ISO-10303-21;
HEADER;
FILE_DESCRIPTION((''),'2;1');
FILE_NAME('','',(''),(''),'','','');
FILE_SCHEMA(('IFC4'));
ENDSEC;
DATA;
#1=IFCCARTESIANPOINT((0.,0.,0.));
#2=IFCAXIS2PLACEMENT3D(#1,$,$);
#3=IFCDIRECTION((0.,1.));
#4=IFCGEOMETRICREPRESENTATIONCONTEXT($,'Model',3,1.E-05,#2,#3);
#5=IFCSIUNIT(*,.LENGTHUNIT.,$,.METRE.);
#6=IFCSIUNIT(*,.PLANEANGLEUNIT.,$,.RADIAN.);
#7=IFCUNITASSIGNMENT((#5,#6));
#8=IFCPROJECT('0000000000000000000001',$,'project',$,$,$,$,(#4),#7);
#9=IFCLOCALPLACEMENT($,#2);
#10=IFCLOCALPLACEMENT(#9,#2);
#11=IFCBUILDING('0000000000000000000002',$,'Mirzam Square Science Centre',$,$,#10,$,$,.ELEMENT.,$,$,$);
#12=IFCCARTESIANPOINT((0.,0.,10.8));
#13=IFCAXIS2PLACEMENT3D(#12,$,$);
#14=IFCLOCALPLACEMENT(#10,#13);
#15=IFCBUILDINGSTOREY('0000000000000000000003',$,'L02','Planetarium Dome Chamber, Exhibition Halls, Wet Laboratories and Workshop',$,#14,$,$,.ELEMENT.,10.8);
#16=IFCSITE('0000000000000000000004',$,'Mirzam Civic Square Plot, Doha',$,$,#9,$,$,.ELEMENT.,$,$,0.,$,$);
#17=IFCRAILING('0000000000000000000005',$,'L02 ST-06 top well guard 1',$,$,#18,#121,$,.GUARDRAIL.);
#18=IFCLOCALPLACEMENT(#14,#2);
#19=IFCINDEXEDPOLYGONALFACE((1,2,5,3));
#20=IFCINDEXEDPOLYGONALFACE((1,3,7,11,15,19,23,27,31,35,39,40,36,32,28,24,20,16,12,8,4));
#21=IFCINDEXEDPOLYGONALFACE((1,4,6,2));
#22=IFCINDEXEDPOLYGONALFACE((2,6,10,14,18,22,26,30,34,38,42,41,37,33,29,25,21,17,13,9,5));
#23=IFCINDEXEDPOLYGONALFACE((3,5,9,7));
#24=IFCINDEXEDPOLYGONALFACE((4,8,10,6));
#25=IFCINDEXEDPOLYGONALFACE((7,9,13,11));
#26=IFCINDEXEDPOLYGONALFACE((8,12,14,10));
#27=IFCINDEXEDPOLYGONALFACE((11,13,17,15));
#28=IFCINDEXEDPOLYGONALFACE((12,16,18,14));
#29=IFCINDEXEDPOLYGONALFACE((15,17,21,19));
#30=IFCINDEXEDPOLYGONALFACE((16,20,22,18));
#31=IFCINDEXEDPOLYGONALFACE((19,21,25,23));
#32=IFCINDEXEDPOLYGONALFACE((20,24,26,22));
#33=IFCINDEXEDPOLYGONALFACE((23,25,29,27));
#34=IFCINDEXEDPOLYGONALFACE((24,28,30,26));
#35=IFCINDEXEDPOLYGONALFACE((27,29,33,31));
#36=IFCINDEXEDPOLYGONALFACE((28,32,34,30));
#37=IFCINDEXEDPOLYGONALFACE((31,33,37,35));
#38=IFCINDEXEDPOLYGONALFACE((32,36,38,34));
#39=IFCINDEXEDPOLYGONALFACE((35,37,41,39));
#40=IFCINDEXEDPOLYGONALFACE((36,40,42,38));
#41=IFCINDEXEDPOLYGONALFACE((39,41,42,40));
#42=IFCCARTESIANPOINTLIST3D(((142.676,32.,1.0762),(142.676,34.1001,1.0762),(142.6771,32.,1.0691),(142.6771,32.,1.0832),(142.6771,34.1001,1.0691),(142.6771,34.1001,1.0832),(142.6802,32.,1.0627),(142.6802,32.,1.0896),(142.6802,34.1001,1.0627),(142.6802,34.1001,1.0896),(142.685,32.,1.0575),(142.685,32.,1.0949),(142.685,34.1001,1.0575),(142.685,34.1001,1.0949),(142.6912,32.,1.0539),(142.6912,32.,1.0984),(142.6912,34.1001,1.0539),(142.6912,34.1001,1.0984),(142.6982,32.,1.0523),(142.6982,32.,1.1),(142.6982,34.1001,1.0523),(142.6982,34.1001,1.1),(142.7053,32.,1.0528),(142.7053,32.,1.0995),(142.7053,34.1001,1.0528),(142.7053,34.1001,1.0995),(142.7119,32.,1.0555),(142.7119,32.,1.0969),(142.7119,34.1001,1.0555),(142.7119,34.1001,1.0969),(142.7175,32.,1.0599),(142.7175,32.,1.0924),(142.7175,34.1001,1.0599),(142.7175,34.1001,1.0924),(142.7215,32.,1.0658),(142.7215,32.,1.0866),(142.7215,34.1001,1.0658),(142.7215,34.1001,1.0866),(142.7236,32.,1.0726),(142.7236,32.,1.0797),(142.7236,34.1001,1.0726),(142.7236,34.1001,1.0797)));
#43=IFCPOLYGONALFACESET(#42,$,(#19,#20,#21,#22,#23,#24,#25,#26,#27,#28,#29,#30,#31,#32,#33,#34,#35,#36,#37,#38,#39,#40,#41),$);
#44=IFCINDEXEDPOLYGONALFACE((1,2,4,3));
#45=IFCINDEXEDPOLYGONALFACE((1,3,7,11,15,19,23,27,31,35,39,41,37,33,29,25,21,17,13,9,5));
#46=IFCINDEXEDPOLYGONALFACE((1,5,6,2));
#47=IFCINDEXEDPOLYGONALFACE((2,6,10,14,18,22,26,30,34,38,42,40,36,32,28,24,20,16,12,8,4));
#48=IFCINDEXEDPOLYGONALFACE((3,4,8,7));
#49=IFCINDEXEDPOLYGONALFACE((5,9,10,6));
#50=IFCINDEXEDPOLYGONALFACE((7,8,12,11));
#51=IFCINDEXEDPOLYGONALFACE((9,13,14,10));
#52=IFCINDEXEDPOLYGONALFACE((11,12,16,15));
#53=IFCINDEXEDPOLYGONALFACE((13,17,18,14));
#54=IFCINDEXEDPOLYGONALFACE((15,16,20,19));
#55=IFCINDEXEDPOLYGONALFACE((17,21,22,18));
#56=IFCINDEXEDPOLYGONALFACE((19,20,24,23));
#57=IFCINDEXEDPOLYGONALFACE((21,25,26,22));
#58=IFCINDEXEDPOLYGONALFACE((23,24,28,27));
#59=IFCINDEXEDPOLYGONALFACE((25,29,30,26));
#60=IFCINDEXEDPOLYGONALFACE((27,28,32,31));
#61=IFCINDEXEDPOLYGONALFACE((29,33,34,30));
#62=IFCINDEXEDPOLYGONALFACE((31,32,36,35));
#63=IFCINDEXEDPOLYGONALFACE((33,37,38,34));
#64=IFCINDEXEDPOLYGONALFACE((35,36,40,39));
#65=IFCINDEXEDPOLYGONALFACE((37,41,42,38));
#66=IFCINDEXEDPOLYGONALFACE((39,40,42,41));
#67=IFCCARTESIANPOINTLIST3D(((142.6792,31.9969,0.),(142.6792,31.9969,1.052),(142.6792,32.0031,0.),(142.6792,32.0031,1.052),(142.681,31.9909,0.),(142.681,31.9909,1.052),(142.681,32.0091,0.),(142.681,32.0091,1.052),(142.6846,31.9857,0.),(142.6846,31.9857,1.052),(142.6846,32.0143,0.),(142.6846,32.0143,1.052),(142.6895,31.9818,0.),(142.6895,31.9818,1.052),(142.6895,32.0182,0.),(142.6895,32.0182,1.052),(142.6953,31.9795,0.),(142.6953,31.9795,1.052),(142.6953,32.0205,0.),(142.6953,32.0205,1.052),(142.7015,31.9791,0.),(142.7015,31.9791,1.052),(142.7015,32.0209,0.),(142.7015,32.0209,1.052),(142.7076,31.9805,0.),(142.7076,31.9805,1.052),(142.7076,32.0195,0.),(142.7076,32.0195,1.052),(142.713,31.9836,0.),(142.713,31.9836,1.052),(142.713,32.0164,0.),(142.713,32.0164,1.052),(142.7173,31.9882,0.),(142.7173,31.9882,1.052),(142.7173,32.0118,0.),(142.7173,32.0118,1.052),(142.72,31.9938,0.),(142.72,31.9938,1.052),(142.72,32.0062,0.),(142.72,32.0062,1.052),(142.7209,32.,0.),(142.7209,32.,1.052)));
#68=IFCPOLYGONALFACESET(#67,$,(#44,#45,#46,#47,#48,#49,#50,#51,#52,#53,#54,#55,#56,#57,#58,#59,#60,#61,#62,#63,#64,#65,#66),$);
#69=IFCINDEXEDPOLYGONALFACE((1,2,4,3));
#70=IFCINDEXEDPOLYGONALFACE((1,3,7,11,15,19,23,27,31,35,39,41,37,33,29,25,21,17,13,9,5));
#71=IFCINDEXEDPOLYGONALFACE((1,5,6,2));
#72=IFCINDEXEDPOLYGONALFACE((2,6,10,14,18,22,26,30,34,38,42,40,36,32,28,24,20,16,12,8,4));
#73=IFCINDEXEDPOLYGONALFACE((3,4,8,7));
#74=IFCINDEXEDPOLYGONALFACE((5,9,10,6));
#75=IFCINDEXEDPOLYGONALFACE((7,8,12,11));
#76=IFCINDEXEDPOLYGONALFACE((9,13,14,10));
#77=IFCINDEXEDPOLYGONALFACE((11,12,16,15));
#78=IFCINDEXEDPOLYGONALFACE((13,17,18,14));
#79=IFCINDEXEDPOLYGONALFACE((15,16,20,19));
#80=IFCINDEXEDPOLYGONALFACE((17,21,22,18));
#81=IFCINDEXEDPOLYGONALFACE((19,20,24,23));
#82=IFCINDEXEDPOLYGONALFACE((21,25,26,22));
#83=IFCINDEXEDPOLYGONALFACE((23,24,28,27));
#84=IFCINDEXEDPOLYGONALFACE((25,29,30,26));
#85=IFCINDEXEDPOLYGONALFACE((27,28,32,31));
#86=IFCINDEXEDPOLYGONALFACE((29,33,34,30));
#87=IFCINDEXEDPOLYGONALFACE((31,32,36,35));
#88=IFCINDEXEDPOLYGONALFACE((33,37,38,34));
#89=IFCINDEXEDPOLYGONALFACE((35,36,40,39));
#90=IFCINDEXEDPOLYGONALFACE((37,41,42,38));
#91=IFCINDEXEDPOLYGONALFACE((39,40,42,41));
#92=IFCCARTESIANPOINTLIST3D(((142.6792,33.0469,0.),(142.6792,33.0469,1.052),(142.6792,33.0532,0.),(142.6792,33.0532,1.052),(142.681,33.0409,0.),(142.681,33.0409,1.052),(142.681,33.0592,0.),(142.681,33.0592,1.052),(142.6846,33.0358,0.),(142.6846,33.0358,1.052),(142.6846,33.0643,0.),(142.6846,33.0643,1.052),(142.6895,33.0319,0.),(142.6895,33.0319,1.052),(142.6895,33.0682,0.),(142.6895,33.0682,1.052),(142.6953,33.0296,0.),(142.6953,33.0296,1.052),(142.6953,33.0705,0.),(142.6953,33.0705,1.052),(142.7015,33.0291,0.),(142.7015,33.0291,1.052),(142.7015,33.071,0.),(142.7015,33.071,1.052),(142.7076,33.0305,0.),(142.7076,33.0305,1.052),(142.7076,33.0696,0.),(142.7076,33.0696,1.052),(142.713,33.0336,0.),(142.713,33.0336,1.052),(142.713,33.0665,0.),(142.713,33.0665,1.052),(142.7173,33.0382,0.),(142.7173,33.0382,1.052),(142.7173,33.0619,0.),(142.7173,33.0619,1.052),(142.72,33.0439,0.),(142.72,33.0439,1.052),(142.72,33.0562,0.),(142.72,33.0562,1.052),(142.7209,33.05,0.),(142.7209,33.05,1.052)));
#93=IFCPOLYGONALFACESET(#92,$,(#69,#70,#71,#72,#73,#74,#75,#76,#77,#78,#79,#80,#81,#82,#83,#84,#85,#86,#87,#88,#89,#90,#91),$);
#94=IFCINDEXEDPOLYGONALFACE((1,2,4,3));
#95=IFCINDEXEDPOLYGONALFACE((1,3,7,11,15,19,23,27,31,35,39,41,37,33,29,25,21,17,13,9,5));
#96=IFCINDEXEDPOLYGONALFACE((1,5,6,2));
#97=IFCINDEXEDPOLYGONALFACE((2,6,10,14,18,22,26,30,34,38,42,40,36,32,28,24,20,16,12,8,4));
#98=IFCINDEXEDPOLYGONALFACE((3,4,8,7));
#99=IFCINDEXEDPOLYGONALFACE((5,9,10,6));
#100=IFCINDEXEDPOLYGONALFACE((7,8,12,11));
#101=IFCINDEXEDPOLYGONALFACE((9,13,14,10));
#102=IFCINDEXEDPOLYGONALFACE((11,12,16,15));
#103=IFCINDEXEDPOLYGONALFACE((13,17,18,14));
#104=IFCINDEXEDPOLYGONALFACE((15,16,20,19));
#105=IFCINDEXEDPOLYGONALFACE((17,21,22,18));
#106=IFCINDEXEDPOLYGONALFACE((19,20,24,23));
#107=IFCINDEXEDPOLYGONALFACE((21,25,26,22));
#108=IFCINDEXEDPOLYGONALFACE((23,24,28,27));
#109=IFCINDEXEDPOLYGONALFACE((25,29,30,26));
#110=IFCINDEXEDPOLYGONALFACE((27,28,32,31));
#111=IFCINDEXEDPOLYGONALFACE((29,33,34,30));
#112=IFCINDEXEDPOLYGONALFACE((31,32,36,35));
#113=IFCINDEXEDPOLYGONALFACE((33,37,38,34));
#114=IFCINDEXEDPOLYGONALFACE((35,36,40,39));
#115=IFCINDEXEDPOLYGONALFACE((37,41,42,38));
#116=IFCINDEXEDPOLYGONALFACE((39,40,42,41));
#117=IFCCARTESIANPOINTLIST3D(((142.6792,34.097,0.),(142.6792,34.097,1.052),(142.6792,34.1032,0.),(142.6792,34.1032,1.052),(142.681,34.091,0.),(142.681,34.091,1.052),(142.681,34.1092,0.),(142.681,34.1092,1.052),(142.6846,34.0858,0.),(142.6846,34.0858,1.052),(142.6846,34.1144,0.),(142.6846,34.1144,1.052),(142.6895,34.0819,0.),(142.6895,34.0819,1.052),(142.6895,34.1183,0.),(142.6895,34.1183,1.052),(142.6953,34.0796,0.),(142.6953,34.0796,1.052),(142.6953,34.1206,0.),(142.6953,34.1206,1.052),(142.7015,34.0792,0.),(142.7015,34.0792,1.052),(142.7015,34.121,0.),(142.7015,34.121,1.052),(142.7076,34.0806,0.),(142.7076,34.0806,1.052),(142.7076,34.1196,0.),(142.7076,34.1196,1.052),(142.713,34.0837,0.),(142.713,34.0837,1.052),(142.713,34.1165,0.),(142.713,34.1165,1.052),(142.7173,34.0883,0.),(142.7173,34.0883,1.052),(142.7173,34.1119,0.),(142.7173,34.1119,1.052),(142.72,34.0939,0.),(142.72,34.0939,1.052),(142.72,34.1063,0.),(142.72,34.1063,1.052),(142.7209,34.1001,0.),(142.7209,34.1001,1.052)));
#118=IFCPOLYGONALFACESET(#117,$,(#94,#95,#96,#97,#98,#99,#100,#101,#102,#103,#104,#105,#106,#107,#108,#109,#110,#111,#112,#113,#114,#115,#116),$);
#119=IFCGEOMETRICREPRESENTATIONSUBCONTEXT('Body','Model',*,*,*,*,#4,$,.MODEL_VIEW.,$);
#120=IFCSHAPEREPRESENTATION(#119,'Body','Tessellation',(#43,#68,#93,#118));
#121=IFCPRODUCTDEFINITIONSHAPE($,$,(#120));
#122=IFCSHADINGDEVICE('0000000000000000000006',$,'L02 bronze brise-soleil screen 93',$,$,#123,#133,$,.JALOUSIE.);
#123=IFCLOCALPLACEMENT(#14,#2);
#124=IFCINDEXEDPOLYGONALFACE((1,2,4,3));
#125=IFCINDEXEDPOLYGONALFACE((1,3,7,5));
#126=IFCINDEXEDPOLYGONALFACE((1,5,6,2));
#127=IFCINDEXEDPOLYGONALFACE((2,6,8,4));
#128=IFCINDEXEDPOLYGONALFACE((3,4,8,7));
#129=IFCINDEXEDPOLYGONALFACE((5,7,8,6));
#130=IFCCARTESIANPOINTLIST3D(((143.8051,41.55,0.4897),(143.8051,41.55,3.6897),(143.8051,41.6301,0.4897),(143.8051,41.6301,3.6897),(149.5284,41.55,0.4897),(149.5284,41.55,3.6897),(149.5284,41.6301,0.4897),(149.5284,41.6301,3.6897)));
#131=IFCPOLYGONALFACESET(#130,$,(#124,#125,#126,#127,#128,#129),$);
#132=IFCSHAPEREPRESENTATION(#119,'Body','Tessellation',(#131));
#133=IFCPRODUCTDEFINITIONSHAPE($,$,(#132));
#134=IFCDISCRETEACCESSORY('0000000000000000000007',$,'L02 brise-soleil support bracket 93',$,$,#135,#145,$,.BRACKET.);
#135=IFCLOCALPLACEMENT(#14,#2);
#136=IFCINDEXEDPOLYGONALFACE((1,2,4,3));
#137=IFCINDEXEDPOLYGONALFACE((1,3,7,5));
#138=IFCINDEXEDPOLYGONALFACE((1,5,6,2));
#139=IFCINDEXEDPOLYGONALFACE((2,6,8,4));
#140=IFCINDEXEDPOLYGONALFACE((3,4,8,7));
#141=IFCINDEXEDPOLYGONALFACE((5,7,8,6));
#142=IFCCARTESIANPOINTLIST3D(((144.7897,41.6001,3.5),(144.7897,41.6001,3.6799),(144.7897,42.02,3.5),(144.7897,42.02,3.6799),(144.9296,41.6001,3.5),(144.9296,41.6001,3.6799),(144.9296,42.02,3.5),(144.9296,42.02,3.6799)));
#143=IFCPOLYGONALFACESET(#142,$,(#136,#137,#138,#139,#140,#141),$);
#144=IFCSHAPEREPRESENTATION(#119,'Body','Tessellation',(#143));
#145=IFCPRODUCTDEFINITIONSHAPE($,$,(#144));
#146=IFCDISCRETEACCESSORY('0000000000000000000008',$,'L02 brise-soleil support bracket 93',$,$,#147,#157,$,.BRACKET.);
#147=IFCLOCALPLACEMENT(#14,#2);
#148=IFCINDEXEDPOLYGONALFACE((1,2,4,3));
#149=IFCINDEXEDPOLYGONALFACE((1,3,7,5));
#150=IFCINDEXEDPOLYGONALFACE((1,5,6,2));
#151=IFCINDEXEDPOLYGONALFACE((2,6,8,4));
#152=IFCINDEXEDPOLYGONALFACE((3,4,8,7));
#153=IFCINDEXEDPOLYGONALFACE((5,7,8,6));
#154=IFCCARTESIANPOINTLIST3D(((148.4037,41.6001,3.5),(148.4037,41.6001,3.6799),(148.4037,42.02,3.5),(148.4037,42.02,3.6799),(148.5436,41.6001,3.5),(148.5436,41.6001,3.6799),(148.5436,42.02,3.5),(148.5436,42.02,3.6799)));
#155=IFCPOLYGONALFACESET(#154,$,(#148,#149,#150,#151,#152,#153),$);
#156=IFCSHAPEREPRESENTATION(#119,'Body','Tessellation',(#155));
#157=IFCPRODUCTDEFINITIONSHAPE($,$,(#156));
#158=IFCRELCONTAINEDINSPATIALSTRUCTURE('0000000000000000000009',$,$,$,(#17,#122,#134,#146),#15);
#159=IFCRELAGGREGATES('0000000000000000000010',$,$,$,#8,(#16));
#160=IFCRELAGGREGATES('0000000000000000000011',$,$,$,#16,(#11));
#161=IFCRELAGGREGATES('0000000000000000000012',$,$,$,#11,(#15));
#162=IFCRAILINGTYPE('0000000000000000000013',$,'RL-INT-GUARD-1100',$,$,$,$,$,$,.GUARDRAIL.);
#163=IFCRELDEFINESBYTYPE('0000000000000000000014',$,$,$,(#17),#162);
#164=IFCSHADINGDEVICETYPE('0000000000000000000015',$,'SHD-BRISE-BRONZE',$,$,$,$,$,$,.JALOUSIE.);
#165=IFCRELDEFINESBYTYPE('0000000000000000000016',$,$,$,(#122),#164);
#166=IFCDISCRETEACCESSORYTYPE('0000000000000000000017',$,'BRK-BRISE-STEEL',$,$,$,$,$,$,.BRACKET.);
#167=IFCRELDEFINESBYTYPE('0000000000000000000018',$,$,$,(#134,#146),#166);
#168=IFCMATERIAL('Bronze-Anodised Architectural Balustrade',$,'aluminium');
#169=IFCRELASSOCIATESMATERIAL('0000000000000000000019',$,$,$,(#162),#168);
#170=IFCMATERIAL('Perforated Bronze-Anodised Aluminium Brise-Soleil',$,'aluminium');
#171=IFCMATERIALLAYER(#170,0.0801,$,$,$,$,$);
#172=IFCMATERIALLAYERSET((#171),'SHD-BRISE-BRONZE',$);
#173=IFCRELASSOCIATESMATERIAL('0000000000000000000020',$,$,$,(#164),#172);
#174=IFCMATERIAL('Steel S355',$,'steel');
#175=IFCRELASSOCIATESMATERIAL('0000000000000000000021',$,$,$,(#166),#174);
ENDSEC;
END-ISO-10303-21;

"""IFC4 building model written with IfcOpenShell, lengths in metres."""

from ifc_helpers import new_model, si_unit, direction, frame, origin, origin_2d, place, context, subcontext, project, spatial, rectangle, circle, extrude, material, layer, layer_set, type_object, element, save


model = new_model("IFC4")

# Units and contexts
model_context = context("Model", 3, precision=1e-05, world=origin(), true_north=direction((0.0, 1.0)))
body_context = subcontext(model_context, "Body", "Model", "MODEL_VIEW")
ifc_project = project(units=[si_unit("LENGTHUNIT", "METRE"), si_unit("PLANEANGLEUNIT", "RADIAN")], contexts=[model_context])

# Site, building, storey
site_placement = place(None, origin())
site = spatial("IfcSite", under=ifc_project, at=site_placement, Name="Mirzam Civic Square Plot, Doha", CompositionType="ELEMENT", RefElevation=0.0)
building_placement = place(site_placement, origin())
building = spatial("IfcBuilding", under=site, at=building_placement, Name="Mirzam Square Science Centre", CompositionType="ELEMENT")
storey_placement = place(building_placement, frame((0.0, 0.0, 10.8)))
storey = spatial("IfcBuildingStorey", under=building, at=storey_placement, Name="L02", Description="Planetarium Dome Chamber, Exhibition Halls, Wet Laboratories and Workshop", CompositionType="ELEMENT", Elevation=10.8)

# Shared definitions
ifc_material_1 = material(Name="Steel S355", Category="steel")

# Railing
ifc_material_2 = material(Name="Bronze-Anodised Architectural Balustrade", Category="aluminium")
railing_type = type_object("IfcRailingType", Name="RL-INT-GUARD-1100", PredefinedType="GUARDRAIL", material=ifc_material_2)
railing_placement = place(storey_placement, frame((142.7, 32.0, 0.0)))
element("IfcRailing", 1, at=railing_placement, inside=storey, type_object=railing_type, Name="L02 ST-06 top well guard 1", PredefinedType="GUARDRAIL", context=body_context, shape_type="SweptSolid", body=[
    extrude(circle(Radius=0.0239, at=origin_2d()), frame((0.0, 0.0, 1.0762), z_axis=(0.0, 1.0, 0.0), x_axis=(-1.0, 0.0, 0.0)), (0.0, 0.0, 1.0), 2.1001),
    extrude(circle(Radius=0.021, at=origin_2d()), origin(), (0.0, 0.0, 1.0), 1.052),
    extrude(circle(Radius=0.021, at=origin_2d()), frame((0.0, 1.05, 0.0)), (0.0, 0.0, 1.0), 1.052),
    extrude(circle(Radius=0.021, at=origin_2d()), frame((0.0, 2.1001, 0.0)), (0.0, 0.0, 1.0), 1.052),
])

# Shading device
ifc_material_3 = material(Name="Perforated Bronze-Anodised Aluminium Brise-Soleil", Category="aluminium")
ifc_layer_1 = layer(ifc_material_3, 0.0801)
ifc_layer_set_1 = layer_set([ifc_layer_1], Name="SHD-BRISE-BRONZE")
shading_device_type = type_object("IfcShadingDeviceType", Name="SHD-BRISE-BRONZE", PredefinedType="JALOUSIE", material=ifc_layer_set_1)
shading_device_placement = place(storey_placement, frame((146.6667, 41.5901, 0.4897), z_axis=(0.0, 0.0, 1.0), x_axis=(1.0, 0.0, 0.0)))
element("IfcShadingDevice", 2, at=shading_device_placement, inside=storey, type_object=shading_device_type, Name="L02 bronze brise-soleil screen 93", PredefinedType="JALOUSIE", context=body_context, shape_type="SweptSolid", body=[
    extrude(rectangle(XDim=5.7234, YDim=0.0801, at=origin_2d()), origin(), (0.0, 0.0, 1.0), 3.2),
])

# Discrete accessories
discrete_accessory_type = type_object("IfcDiscreteAccessoryType", Name="BRK-BRISE-STEEL", PredefinedType="BRACKET", material=ifc_material_1)
for number, where, z_axis, x_axis, name in (
    (3, (144.8596, 41.8101, 3.5), (0.0, 0.0, 1.0), (1.0, 0.0, 0.0), "L02 brise-soleil support bracket 93"),
    (4, (148.4736, 41.8101, 3.5), (0.0, 0.0, 1.0), (1.0, 0.0, 0.0), "L02 brise-soleil support bracket 93"),
):
    element("IfcDiscreteAccessory", number, at=place(storey_placement, frame(where, z_axis=z_axis, x_axis=x_axis)), inside=storey, type_object=discrete_accessory_type, Name=name, PredefinedType="BRACKET", context=body_context, shape_type="SweptSolid", body=[
        extrude(rectangle(XDim=0.1399, YDim=0.4199, at=origin_2d()), origin(), (0.0, 0.0, 1.0), 0.1799),
    ])

save(model, "model.ifc")
